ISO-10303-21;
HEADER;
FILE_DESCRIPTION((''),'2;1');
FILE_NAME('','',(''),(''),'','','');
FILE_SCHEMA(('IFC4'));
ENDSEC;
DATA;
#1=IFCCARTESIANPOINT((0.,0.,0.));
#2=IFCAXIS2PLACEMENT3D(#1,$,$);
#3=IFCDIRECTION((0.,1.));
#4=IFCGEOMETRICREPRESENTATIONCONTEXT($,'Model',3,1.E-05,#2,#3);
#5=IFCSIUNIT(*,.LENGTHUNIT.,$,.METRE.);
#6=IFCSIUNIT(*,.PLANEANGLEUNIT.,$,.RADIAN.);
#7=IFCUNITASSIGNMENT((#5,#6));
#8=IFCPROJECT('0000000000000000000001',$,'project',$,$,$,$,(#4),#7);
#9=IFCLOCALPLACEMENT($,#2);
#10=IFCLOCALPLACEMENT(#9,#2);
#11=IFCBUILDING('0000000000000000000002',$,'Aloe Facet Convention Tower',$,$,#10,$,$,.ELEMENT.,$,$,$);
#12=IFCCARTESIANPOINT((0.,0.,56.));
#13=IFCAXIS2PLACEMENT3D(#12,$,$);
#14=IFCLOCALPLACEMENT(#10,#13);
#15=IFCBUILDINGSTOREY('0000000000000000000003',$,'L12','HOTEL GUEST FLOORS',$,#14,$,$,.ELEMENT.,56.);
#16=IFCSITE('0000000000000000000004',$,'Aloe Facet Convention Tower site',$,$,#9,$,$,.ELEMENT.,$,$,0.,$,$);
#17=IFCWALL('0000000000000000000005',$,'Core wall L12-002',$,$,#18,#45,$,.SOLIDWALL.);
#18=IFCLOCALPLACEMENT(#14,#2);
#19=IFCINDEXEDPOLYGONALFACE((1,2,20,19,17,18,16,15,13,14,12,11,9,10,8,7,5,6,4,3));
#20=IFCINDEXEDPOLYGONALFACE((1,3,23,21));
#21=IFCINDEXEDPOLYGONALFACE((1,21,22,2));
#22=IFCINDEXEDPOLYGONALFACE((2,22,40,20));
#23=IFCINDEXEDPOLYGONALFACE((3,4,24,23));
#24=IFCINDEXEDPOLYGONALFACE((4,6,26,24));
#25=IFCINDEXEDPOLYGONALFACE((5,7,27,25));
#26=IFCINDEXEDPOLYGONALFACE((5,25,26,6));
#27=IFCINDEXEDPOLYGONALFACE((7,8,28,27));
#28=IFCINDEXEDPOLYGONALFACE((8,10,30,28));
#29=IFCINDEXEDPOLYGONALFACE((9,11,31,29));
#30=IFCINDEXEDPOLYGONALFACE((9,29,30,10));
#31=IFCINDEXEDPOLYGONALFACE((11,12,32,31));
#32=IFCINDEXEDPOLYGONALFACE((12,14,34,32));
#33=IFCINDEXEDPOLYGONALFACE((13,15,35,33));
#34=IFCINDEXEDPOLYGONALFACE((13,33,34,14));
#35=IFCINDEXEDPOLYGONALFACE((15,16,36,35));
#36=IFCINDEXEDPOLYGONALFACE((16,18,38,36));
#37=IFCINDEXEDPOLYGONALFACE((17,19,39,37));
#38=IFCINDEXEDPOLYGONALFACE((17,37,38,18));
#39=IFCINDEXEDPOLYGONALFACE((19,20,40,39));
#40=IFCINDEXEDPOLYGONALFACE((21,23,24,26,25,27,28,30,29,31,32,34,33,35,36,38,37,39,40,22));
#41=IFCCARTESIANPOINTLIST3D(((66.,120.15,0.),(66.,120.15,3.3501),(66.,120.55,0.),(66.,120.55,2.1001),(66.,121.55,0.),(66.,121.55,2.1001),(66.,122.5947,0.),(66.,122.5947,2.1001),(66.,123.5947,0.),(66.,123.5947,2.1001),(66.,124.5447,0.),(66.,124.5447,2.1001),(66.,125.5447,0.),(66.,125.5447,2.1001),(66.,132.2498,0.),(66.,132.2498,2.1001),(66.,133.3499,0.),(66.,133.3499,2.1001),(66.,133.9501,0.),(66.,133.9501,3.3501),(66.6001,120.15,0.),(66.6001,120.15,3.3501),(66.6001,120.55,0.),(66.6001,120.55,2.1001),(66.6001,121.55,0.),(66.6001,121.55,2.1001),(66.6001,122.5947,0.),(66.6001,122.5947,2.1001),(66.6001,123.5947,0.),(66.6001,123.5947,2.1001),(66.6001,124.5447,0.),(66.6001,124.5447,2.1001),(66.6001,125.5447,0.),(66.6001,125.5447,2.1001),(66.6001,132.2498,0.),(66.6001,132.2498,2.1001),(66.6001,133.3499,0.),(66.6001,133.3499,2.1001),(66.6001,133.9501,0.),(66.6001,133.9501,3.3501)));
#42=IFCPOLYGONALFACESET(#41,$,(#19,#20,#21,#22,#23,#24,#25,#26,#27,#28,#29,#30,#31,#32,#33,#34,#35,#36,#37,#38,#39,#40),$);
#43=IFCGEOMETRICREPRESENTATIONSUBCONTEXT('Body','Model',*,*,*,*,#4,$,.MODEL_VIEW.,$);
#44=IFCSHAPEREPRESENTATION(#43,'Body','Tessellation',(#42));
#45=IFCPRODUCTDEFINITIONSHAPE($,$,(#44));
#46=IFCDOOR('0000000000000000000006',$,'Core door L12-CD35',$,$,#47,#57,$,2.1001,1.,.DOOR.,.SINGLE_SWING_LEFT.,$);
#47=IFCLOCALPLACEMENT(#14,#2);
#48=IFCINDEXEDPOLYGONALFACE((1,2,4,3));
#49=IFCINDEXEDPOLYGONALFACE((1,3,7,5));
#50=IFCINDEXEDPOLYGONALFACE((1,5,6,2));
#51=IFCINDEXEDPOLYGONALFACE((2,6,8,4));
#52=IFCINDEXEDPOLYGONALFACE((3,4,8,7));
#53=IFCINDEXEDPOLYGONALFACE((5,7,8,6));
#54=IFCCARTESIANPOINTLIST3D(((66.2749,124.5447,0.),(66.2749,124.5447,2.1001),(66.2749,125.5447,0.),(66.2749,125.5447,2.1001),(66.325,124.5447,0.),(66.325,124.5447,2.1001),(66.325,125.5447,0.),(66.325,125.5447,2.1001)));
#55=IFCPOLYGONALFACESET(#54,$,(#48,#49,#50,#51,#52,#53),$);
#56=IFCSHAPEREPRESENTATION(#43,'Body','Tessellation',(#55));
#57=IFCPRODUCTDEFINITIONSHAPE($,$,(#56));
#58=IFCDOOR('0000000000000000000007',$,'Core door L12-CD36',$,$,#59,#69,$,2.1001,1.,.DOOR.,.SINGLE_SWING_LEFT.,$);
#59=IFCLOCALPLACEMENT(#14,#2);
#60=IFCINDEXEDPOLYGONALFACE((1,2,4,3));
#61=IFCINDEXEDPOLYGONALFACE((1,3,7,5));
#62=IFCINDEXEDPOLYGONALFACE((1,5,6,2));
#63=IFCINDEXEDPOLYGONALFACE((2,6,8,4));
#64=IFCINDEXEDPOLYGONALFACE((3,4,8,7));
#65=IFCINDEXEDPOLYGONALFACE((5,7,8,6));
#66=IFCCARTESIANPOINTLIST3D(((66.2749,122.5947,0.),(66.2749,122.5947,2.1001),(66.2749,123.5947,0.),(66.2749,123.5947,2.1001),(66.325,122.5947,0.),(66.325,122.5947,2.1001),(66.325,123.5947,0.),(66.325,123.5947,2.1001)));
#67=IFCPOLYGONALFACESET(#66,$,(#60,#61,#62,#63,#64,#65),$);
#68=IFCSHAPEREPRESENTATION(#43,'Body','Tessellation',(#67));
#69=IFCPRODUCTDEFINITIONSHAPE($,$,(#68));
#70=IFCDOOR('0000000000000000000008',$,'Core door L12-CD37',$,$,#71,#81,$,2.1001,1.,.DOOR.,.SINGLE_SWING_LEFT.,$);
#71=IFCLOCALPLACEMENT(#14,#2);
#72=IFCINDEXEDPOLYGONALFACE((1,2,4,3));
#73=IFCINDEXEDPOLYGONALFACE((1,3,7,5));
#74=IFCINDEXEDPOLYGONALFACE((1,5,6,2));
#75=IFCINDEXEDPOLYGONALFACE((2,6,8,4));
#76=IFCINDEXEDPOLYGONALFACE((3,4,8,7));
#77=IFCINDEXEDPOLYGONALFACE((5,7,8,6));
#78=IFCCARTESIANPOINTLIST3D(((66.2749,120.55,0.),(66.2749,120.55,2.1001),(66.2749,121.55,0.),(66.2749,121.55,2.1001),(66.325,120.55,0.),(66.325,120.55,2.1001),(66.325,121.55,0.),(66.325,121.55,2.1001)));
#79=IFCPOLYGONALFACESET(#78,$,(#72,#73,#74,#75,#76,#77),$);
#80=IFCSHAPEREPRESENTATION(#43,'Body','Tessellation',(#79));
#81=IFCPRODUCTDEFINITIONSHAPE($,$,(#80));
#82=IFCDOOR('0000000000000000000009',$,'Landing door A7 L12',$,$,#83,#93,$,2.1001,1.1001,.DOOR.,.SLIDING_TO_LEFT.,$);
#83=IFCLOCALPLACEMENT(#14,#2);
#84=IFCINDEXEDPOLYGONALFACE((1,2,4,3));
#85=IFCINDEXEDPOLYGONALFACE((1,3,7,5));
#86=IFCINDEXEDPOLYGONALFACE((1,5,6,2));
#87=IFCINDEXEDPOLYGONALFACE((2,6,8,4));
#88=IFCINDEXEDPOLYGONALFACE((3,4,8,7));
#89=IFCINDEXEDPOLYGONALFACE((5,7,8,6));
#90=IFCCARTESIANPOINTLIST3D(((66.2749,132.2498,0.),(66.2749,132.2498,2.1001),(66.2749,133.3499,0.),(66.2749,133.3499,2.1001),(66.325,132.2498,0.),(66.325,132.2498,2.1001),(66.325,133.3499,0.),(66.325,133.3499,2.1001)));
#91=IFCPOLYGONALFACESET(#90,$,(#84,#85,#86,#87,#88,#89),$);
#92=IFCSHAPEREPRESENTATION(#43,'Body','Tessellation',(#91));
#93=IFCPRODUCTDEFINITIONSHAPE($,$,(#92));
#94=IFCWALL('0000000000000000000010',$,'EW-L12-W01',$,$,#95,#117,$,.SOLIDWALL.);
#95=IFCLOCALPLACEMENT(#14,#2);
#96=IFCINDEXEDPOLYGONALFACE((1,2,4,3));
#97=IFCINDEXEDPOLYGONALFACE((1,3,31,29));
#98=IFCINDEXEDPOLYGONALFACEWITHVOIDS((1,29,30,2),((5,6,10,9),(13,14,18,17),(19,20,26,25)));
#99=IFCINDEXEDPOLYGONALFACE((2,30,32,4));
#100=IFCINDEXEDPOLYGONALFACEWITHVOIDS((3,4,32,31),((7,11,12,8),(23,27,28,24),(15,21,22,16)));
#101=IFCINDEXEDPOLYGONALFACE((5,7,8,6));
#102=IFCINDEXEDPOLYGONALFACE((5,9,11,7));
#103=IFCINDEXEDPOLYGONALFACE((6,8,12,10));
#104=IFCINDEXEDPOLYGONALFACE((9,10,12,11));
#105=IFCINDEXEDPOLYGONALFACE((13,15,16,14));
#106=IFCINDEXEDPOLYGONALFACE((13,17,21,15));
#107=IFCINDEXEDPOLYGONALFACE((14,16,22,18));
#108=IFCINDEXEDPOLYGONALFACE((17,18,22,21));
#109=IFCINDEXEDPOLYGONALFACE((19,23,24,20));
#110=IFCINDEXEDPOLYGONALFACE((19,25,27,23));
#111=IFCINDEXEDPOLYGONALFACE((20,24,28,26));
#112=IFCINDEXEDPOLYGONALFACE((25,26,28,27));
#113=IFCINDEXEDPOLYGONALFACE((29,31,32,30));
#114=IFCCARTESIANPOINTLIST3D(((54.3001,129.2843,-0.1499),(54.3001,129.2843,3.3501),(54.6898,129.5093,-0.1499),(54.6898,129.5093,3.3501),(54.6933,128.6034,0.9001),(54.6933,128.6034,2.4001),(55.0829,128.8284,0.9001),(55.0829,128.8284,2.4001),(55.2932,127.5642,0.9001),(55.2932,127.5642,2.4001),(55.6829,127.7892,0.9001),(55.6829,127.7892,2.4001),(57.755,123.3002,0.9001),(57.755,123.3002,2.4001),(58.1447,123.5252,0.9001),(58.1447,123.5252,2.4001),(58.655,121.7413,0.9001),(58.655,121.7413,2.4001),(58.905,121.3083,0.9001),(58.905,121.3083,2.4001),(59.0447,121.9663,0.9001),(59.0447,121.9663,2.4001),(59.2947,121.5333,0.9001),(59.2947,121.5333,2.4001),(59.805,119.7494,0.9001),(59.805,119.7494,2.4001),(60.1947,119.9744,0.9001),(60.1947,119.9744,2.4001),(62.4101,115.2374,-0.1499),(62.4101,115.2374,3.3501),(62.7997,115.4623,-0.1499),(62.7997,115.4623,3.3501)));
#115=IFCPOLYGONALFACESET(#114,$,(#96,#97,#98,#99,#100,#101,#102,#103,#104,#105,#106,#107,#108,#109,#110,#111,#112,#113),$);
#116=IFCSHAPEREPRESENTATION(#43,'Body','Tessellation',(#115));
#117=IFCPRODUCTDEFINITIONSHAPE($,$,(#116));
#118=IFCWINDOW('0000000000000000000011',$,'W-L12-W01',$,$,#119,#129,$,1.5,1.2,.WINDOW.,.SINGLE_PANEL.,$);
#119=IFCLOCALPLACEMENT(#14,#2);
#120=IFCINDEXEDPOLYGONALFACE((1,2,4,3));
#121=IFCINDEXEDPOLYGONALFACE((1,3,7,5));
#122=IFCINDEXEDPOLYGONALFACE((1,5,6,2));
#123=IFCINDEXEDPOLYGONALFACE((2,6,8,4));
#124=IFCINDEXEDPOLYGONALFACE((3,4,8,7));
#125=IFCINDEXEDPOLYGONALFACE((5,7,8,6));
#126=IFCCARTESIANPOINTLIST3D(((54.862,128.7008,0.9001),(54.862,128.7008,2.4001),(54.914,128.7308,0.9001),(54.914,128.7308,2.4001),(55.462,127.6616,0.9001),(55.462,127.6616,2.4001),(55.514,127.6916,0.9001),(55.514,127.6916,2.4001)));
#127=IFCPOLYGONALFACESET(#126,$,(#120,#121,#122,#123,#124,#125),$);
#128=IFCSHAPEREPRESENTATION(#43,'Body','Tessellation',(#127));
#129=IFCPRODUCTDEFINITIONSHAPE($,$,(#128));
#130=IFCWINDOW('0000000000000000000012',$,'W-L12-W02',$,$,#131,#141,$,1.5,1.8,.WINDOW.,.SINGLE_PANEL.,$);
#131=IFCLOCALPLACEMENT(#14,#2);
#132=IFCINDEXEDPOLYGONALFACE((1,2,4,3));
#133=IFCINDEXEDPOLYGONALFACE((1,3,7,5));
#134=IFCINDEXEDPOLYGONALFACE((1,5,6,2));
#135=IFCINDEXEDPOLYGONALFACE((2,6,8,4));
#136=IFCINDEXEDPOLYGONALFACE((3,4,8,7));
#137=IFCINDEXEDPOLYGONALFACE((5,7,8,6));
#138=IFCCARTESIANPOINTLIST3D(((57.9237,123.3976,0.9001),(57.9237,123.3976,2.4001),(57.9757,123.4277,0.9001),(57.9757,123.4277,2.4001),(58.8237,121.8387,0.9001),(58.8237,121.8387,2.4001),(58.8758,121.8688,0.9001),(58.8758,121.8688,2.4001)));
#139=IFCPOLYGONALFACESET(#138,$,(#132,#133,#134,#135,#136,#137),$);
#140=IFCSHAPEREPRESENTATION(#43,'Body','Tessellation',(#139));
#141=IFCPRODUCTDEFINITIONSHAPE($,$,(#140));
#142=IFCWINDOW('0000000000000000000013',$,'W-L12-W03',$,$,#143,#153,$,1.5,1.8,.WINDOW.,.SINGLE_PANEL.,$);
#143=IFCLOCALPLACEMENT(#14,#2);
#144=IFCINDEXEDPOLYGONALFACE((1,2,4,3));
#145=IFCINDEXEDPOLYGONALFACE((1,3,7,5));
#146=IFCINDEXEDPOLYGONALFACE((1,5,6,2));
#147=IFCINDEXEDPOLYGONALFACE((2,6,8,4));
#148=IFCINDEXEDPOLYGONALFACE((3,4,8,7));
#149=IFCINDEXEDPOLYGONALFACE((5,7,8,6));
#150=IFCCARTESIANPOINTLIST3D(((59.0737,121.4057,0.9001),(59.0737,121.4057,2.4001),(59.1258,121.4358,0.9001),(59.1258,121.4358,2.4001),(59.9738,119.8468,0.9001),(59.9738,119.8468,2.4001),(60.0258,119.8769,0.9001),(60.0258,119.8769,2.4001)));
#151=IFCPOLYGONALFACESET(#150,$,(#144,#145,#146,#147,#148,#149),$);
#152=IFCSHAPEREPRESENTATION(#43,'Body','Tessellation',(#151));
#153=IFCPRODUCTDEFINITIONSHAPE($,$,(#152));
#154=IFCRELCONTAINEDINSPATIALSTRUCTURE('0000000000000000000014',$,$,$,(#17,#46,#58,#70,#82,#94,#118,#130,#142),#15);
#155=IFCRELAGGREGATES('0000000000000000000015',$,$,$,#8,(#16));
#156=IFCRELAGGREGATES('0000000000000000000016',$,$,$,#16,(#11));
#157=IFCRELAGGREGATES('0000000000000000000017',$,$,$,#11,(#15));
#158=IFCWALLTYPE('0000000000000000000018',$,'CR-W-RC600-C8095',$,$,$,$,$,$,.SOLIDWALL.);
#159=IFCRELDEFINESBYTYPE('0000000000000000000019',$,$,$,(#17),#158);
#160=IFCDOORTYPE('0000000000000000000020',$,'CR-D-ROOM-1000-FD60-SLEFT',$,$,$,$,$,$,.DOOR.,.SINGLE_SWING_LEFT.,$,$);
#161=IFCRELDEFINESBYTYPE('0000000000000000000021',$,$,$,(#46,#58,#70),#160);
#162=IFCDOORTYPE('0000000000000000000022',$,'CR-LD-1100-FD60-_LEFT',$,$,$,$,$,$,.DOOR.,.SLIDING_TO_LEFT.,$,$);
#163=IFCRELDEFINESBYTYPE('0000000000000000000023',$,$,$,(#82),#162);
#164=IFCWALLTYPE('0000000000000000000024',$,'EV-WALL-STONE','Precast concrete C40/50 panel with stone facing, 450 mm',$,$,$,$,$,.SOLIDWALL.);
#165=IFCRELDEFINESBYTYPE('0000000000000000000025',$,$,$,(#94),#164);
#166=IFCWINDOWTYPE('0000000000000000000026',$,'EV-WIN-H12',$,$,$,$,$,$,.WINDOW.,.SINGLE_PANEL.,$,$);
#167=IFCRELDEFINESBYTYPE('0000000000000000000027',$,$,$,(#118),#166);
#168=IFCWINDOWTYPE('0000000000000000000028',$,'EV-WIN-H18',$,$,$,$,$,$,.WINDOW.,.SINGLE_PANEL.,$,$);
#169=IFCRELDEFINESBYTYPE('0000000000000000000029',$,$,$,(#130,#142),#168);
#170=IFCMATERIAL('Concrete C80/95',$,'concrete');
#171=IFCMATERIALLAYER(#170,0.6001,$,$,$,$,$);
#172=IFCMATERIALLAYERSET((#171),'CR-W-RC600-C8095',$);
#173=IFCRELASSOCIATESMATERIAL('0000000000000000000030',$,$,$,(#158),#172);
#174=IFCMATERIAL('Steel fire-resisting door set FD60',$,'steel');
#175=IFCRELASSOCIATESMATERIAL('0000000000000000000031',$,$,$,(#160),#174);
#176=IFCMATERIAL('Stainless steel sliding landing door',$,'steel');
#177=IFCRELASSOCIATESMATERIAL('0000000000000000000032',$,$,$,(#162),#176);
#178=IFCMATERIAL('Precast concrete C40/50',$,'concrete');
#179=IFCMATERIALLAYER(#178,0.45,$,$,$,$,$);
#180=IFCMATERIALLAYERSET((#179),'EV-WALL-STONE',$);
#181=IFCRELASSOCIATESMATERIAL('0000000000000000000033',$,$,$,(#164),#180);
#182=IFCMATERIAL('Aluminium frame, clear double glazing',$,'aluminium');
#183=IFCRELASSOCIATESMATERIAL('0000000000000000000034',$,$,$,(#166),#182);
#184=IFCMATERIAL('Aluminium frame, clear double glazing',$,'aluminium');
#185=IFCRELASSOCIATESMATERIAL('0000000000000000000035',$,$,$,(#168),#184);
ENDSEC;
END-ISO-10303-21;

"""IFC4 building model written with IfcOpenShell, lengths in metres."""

from ifc_helpers import new_model, si_unit, direction, frame, frame_2d, origin, place, context, subcontext, project, spatial, polyline, rectangle, outline, extrude, material, layer, layer_set, type_object, element, fill, save


model = new_model("IFC4")

# Units and contexts
model_context = context("Model", 3, precision=1e-05, world=origin(), true_north=direction((0.0, 1.0)))
body_context = subcontext(model_context, "Body", "Model", "MODEL_VIEW")
ifc_project = project(units=[si_unit("LENGTHUNIT", "METRE"), si_unit("PLANEANGLEUNIT", "RADIAN")], contexts=[model_context])

# Site, building, storey
site_placement = place(None, origin())
site = spatial("IfcSite", under=ifc_project, at=site_placement, Name="Aloe Facet Convention Tower site", CompositionType="ELEMENT", RefElevation=0.0)
building_placement = place(site_placement, origin())
building = spatial("IfcBuilding", under=site, at=building_placement, Name="Aloe Facet Convention Tower", CompositionType="ELEMENT")
storey_placement = place(building_placement, frame((0.0, 0.0, 56.0)))
storey = spatial("IfcBuildingStorey", under=building, at=storey_placement, Name="L12", Description="HOTEL GUEST FLOORS", CompositionType="ELEMENT", Elevation=56.0)

# Shared definitions
ifc_material_1 = material(Name="Concrete C80/95", Category="concrete")
ifc_layer_1 = layer(ifc_material_1, 0.6001)
ifc_layer_set_1 = layer_set([ifc_layer_1], Name="CR-W-RC600-C8095")
wall_type_1 = type_object("IfcWallType", Name="CR-W-RC600-C8095", PredefinedType="SOLIDWALL", material=ifc_layer_set_1)

# Wall, openings, doors
wall_1_placement = place(storey_placement, frame((66.3, 133.95, 0.0), z_axis=(0.0, 0.0, 1.0), x_axis=(0.0, -1.0, 0.0)))
wall_1 = element("IfcWall", 1, at=wall_1_placement, inside=storey, type_object=wall_type_1, Name="Core wall L12-002", PredefinedType="SOLIDWALL", context=body_context, shape_type="SweptSolid", body=[
    extrude(rectangle(XDim=13.8, YDim=0.6001, at=frame_2d((6.8999, 0.0))), origin(), (0.0, 0.0, 1.0), 3.3501),
])
opening_1_placement = place(wall_1_placement, frame((0.6001, 0.0, 0.0)))
opening_1 = element("IfcOpeningElement", 2, at=opening_1_placement, cuts=wall_1, PredefinedType="OPENING", context=body_context, shape_type="SweptSolid", body=[
    extrude(rectangle(XDim=1.1001, YDim=2.1001, at=frame_2d((0.55, 1.05))), frame((0.0, 0.3101, 0.0), z_axis=(0.0, -1.0, 0.0), x_axis=(1.0, 0.0, 0.0)), (0.0, 0.0, 1.0), 0.6201),
])
opening_2_placement = place(wall_1_placement, frame((8.4053, 0.0, 0.0)))
opening_2 = element("IfcOpeningElement", 3, at=opening_2_placement, cuts=wall_1, PredefinedType="OPENING", context=body_context, shape_type="SweptSolid", body=[
    extrude(rectangle(XDim=1.0, YDim=2.1001, at=frame_2d((0.5, 1.05))), frame((0.0, 0.3101, 0.0), z_axis=(0.0, -1.0, 0.0), x_axis=(1.0, 0.0, 0.0)), (0.0, 0.0, 1.0), 0.6201),
])
opening_3_placement = place(wall_1_placement, frame((10.3552, 0.0, 0.0)))
opening_3 = element("IfcOpeningElement", 4, at=opening_3_placement, cuts=wall_1, PredefinedType="OPENING", context=body_context, shape_type="SweptSolid", body=[
    extrude(rectangle(XDim=1.0, YDim=2.1001, at=frame_2d((0.5, 1.05))), frame((0.0, 0.3101, 0.0), z_axis=(0.0, -1.0, 0.0), x_axis=(1.0, 0.0, 0.0)), (0.0, 0.0, 1.0), 0.6201),
])
opening_4_placement = place(wall_1_placement, frame((12.3999, 0.0, 0.0)))
opening_4 = element("IfcOpeningElement", 5, at=opening_4_placement, cuts=wall_1, PredefinedType="OPENING", context=body_context, shape_type="SweptSolid", body=[
    extrude(rectangle(XDim=1.0, YDim=2.1001, at=frame_2d((0.5, 1.05))), frame((0.0, 0.3101, 0.0), z_axis=(0.0, -1.0, 0.0), x_axis=(1.0, 0.0, 0.0)), (0.0, 0.0, 1.0), 0.6201),
])
ifc_material_2 = material(Name="Steel fire-resisting door set FD60", Category="steel")
door_type_1 = type_object("IfcDoorType", Name="CR-D-ROOM-1000-FD60-SLEFT", OperationType="SINGLE_SWING_LEFT", PredefinedType="DOOR", material=ifc_material_2)
door_1_placement = place(opening_2_placement, origin())
door_1 = element("IfcDoor", 6, at=door_1_placement, inside=storey, type_object=door_type_1, Name="Core door L12-CD35", OperationType="SINGLE_SWING_LEFT", OverallHeight=2.1001, OverallWidth=1.0, PredefinedType="DOOR", context=body_context, shape_type="SweptSolid", body=[
    extrude(rectangle(XDim=1.0, YDim=2.1001, at=frame_2d((0.5, 1.05))), frame((0.0, 0.0249, 0.0), z_axis=(0.0, -1.0, 0.0), x_axis=(1.0, 0.0, 0.0)), (0.0, 0.0, 1.0), 0.05),
])
fill(opening_2, door_1)
door_2_placement = place(opening_3_placement, origin())
door_2 = element("IfcDoor", 7, at=door_2_placement, inside=storey, type_object=door_type_1, Name="Core door L12-CD36", OperationType="SINGLE_SWING_LEFT", OverallHeight=2.1001, OverallWidth=1.0, PredefinedType="DOOR", context=body_context, shape_type="SweptSolid", body=[
    extrude(rectangle(XDim=1.0, YDim=2.1001, at=frame_2d((0.5, 1.05))), frame((0.0, 0.0249, 0.0), z_axis=(0.0, -1.0, 0.0), x_axis=(1.0, 0.0, 0.0)), (0.0, 0.0, 1.0), 0.05),
])
fill(opening_3, door_2)
door_3_placement = place(opening_4_placement, origin())
door_3 = element("IfcDoor", 8, at=door_3_placement, inside=storey, type_object=door_type_1, Name="Core door L12-CD37", OperationType="SINGLE_SWING_LEFT", OverallHeight=2.1001, OverallWidth=1.0, PredefinedType="DOOR", context=body_context, shape_type="SweptSolid", body=[
    extrude(rectangle(XDim=1.0, YDim=2.1001, at=frame_2d((0.5, 1.05))), frame((0.0, 0.0249, 0.0), z_axis=(0.0, -1.0, 0.0), x_axis=(1.0, 0.0, 0.0)), (0.0, 0.0, 1.0), 0.05),
])
fill(opening_4, door_3)
ifc_material_3 = material(Name="Stainless steel sliding landing door", Category="steel")
door_type_2 = type_object("IfcDoorType", Name="CR-LD-1100-FD60-_LEFT", OperationType="SLIDING_TO_LEFT", PredefinedType="DOOR", material=ifc_material_3)
door_4_placement = place(opening_1_placement, origin())
door_4 = element("IfcDoor", 9, at=door_4_placement, inside=storey, type_object=door_type_2, Name="Landing door A7 L12", OperationType="SLIDING_TO_LEFT", OverallHeight=2.1001, OverallWidth=1.1001, PredefinedType="DOOR", context=body_context, shape_type="SweptSolid", body=[
    extrude(rectangle(XDim=1.1001, YDim=2.1001, at=frame_2d((0.55, 1.05))), frame((0.0, 0.0249, 0.0), z_axis=(0.0, -1.0, 0.0), x_axis=(1.0, 0.0, 0.0)), (0.0, 0.0, 1.0), 0.05),
])
fill(opening_1, door_4)

# Wall, openings, windows
ifc_material_4 = material(Name="Precast concrete C40/50", Category="concrete")
ifc_layer_2 = layer(ifc_material_4, 0.45)
ifc_layer_set_2 = layer_set([ifc_layer_2], Name="EV-WALL-STONE")
wall_type_2 = type_object("IfcWallType", Name="EV-WALL-STONE", Description="Precast concrete C40/50 panel with stone facing, 450 mm", PredefinedType="SOLIDWALL", material=ifc_layer_set_2)
wall_2_placement = place(storey_placement, frame((54.4949, 129.3967, -0.1499), z_axis=(0.0, 0.0, 1.0), x_axis=(0.499995, -0.866028, 0.0)))
wall_2 = element("IfcWall", 10, at=wall_2_placement, inside=storey, type_object=wall_type_2, Name="EW-L12-W01", PredefinedType="SOLIDWALL", context=body_context, shape_type="SweptSolid", body=[
    extrude(outline(polyline([(0.0, 0.0), (0.0, 3.5), (16.22, 3.5), (16.22, 0.0), (0.0, 0.0)])), frame((0.0, 0.2251, 0.0), z_axis=(0.0, -1.0, 0.0), x_axis=(1.0, 0.0, 0.0)), (0.0, 0.0, 1.0), 0.45),
])
opening_5_placement = place(wall_2_placement, frame((0.7861, 0.0, 1.05)))
opening_5 = element("IfcOpeningElement", 11, at=opening_5_placement, cuts=wall_2, PredefinedType="OPENING", context=body_context, shape_type="SweptSolid", body=[
    extrude(rectangle(XDim=1.2, YDim=1.5, at=frame_2d((0.6001, 0.75))), frame((0.0, 0.2349, 0.0), z_axis=(0.0, -1.0, 0.0), x_axis=(1.0, 0.0, 0.0)), (0.0, 0.0, 1.0), 0.47),
])
opening_6_placement = place(wall_2_placement, frame((6.9099, 0.0, 1.05)))
opening_6 = element("IfcOpeningElement", 12, at=opening_6_placement, cuts=wall_2, PredefinedType="OPENING", context=body_context, shape_type="SweptSolid", body=[
    extrude(rectangle(XDim=1.8, YDim=1.5, at=frame_2d((0.8999, 0.75))), frame((0.0, 0.2349, 0.0), z_axis=(0.0, -1.0, 0.0), x_axis=(1.0, 0.0, 0.0)), (0.0, 0.0, 1.0), 0.47),
])
opening_7_placement = place(wall_2_placement, frame((9.21, 0.0, 1.05)))
opening_7 = element("IfcOpeningElement", 13, at=opening_7_placement, cuts=wall_2, PredefinedType="OPENING", context=body_context, shape_type="SweptSolid", body=[
    extrude(rectangle(XDim=1.8, YDim=1.5, at=frame_2d((0.8999, 0.75))), frame((0.0, 0.2349, 0.0), z_axis=(0.0, -1.0, 0.0), x_axis=(1.0, 0.0, 0.0)), (0.0, 0.0, 1.0), 0.47),
])
ifc_material_5 = material(Name="Aluminium frame, clear double glazing", Category="aluminium")
window_type_1 = type_object("IfcWindowType", Name="EV-WIN-H12", PartitioningType="SINGLE_PANEL", PredefinedType="WINDOW", material=ifc_material_5)
window_1_placement = place(opening_5_placement, origin())
window_1 = element("IfcWindow", 14, at=window_1_placement, inside=storey, type_object=window_type_1, Name="W-L12-W01", OverallHeight=1.5, OverallWidth=1.2, PartitioningType="SINGLE_PANEL", PredefinedType="WINDOW", context=body_context, shape_type="SweptSolid", body=[
    extrude(rectangle(XDim=1.2, YDim=1.5, at=frame_2d((0.6001, 0.75))), frame((0.0, 0.03, 0.0), z_axis=(0.0, -1.0, 0.0), x_axis=(1.0, 0.0, 0.0)), (0.0, 0.0, 1.0), 0.0601),
])
fill(opening_5, window_1)
ifc_material_6 = material(Name="Aluminium frame, clear double glazing", Category="aluminium")
window_type_2 = type_object("IfcWindowType", Name="EV-WIN-H18", PartitioningType="SINGLE_PANEL", PredefinedType="WINDOW", material=ifc_material_6)
window_2_placement = place(opening_6_placement, origin())
window_2 = element("IfcWindow", 15, at=window_2_placement, inside=storey, type_object=window_type_2, Name="W-L12-W02", OverallHeight=1.5, OverallWidth=1.8, PartitioningType="SINGLE_PANEL", PredefinedType="WINDOW", context=body_context, shape_type="SweptSolid", body=[
    extrude(rectangle(XDim=1.8, YDim=1.5, at=frame_2d((0.8999, 0.75))), frame((0.0, 0.03, 0.0), z_axis=(0.0, -1.0, 0.0), x_axis=(1.0, 0.0, 0.0)), (0.0, 0.0, 1.0), 0.0601),
])
fill(opening_6, window_2)
window_3_placement = place(opening_7_placement, origin())
window_3 = element("IfcWindow", 16, at=window_3_placement, inside=storey, type_object=window_type_2, Name="W-L12-W03", OverallHeight=1.5, OverallWidth=1.8, PartitioningType="SINGLE_PANEL", PredefinedType="WINDOW", context=body_context, shape_type="SweptSolid", body=[
    extrude(rectangle(XDim=1.8, YDim=1.5, at=frame_2d((0.8999, 0.75))), frame((0.0, 0.03, 0.0), z_axis=(0.0, -1.0, 0.0), x_axis=(1.0, 0.0, 0.0)), (0.0, 0.0, 1.0), 0.0601),
])
fill(opening_7, window_3)

save(model, "model.ifc")
